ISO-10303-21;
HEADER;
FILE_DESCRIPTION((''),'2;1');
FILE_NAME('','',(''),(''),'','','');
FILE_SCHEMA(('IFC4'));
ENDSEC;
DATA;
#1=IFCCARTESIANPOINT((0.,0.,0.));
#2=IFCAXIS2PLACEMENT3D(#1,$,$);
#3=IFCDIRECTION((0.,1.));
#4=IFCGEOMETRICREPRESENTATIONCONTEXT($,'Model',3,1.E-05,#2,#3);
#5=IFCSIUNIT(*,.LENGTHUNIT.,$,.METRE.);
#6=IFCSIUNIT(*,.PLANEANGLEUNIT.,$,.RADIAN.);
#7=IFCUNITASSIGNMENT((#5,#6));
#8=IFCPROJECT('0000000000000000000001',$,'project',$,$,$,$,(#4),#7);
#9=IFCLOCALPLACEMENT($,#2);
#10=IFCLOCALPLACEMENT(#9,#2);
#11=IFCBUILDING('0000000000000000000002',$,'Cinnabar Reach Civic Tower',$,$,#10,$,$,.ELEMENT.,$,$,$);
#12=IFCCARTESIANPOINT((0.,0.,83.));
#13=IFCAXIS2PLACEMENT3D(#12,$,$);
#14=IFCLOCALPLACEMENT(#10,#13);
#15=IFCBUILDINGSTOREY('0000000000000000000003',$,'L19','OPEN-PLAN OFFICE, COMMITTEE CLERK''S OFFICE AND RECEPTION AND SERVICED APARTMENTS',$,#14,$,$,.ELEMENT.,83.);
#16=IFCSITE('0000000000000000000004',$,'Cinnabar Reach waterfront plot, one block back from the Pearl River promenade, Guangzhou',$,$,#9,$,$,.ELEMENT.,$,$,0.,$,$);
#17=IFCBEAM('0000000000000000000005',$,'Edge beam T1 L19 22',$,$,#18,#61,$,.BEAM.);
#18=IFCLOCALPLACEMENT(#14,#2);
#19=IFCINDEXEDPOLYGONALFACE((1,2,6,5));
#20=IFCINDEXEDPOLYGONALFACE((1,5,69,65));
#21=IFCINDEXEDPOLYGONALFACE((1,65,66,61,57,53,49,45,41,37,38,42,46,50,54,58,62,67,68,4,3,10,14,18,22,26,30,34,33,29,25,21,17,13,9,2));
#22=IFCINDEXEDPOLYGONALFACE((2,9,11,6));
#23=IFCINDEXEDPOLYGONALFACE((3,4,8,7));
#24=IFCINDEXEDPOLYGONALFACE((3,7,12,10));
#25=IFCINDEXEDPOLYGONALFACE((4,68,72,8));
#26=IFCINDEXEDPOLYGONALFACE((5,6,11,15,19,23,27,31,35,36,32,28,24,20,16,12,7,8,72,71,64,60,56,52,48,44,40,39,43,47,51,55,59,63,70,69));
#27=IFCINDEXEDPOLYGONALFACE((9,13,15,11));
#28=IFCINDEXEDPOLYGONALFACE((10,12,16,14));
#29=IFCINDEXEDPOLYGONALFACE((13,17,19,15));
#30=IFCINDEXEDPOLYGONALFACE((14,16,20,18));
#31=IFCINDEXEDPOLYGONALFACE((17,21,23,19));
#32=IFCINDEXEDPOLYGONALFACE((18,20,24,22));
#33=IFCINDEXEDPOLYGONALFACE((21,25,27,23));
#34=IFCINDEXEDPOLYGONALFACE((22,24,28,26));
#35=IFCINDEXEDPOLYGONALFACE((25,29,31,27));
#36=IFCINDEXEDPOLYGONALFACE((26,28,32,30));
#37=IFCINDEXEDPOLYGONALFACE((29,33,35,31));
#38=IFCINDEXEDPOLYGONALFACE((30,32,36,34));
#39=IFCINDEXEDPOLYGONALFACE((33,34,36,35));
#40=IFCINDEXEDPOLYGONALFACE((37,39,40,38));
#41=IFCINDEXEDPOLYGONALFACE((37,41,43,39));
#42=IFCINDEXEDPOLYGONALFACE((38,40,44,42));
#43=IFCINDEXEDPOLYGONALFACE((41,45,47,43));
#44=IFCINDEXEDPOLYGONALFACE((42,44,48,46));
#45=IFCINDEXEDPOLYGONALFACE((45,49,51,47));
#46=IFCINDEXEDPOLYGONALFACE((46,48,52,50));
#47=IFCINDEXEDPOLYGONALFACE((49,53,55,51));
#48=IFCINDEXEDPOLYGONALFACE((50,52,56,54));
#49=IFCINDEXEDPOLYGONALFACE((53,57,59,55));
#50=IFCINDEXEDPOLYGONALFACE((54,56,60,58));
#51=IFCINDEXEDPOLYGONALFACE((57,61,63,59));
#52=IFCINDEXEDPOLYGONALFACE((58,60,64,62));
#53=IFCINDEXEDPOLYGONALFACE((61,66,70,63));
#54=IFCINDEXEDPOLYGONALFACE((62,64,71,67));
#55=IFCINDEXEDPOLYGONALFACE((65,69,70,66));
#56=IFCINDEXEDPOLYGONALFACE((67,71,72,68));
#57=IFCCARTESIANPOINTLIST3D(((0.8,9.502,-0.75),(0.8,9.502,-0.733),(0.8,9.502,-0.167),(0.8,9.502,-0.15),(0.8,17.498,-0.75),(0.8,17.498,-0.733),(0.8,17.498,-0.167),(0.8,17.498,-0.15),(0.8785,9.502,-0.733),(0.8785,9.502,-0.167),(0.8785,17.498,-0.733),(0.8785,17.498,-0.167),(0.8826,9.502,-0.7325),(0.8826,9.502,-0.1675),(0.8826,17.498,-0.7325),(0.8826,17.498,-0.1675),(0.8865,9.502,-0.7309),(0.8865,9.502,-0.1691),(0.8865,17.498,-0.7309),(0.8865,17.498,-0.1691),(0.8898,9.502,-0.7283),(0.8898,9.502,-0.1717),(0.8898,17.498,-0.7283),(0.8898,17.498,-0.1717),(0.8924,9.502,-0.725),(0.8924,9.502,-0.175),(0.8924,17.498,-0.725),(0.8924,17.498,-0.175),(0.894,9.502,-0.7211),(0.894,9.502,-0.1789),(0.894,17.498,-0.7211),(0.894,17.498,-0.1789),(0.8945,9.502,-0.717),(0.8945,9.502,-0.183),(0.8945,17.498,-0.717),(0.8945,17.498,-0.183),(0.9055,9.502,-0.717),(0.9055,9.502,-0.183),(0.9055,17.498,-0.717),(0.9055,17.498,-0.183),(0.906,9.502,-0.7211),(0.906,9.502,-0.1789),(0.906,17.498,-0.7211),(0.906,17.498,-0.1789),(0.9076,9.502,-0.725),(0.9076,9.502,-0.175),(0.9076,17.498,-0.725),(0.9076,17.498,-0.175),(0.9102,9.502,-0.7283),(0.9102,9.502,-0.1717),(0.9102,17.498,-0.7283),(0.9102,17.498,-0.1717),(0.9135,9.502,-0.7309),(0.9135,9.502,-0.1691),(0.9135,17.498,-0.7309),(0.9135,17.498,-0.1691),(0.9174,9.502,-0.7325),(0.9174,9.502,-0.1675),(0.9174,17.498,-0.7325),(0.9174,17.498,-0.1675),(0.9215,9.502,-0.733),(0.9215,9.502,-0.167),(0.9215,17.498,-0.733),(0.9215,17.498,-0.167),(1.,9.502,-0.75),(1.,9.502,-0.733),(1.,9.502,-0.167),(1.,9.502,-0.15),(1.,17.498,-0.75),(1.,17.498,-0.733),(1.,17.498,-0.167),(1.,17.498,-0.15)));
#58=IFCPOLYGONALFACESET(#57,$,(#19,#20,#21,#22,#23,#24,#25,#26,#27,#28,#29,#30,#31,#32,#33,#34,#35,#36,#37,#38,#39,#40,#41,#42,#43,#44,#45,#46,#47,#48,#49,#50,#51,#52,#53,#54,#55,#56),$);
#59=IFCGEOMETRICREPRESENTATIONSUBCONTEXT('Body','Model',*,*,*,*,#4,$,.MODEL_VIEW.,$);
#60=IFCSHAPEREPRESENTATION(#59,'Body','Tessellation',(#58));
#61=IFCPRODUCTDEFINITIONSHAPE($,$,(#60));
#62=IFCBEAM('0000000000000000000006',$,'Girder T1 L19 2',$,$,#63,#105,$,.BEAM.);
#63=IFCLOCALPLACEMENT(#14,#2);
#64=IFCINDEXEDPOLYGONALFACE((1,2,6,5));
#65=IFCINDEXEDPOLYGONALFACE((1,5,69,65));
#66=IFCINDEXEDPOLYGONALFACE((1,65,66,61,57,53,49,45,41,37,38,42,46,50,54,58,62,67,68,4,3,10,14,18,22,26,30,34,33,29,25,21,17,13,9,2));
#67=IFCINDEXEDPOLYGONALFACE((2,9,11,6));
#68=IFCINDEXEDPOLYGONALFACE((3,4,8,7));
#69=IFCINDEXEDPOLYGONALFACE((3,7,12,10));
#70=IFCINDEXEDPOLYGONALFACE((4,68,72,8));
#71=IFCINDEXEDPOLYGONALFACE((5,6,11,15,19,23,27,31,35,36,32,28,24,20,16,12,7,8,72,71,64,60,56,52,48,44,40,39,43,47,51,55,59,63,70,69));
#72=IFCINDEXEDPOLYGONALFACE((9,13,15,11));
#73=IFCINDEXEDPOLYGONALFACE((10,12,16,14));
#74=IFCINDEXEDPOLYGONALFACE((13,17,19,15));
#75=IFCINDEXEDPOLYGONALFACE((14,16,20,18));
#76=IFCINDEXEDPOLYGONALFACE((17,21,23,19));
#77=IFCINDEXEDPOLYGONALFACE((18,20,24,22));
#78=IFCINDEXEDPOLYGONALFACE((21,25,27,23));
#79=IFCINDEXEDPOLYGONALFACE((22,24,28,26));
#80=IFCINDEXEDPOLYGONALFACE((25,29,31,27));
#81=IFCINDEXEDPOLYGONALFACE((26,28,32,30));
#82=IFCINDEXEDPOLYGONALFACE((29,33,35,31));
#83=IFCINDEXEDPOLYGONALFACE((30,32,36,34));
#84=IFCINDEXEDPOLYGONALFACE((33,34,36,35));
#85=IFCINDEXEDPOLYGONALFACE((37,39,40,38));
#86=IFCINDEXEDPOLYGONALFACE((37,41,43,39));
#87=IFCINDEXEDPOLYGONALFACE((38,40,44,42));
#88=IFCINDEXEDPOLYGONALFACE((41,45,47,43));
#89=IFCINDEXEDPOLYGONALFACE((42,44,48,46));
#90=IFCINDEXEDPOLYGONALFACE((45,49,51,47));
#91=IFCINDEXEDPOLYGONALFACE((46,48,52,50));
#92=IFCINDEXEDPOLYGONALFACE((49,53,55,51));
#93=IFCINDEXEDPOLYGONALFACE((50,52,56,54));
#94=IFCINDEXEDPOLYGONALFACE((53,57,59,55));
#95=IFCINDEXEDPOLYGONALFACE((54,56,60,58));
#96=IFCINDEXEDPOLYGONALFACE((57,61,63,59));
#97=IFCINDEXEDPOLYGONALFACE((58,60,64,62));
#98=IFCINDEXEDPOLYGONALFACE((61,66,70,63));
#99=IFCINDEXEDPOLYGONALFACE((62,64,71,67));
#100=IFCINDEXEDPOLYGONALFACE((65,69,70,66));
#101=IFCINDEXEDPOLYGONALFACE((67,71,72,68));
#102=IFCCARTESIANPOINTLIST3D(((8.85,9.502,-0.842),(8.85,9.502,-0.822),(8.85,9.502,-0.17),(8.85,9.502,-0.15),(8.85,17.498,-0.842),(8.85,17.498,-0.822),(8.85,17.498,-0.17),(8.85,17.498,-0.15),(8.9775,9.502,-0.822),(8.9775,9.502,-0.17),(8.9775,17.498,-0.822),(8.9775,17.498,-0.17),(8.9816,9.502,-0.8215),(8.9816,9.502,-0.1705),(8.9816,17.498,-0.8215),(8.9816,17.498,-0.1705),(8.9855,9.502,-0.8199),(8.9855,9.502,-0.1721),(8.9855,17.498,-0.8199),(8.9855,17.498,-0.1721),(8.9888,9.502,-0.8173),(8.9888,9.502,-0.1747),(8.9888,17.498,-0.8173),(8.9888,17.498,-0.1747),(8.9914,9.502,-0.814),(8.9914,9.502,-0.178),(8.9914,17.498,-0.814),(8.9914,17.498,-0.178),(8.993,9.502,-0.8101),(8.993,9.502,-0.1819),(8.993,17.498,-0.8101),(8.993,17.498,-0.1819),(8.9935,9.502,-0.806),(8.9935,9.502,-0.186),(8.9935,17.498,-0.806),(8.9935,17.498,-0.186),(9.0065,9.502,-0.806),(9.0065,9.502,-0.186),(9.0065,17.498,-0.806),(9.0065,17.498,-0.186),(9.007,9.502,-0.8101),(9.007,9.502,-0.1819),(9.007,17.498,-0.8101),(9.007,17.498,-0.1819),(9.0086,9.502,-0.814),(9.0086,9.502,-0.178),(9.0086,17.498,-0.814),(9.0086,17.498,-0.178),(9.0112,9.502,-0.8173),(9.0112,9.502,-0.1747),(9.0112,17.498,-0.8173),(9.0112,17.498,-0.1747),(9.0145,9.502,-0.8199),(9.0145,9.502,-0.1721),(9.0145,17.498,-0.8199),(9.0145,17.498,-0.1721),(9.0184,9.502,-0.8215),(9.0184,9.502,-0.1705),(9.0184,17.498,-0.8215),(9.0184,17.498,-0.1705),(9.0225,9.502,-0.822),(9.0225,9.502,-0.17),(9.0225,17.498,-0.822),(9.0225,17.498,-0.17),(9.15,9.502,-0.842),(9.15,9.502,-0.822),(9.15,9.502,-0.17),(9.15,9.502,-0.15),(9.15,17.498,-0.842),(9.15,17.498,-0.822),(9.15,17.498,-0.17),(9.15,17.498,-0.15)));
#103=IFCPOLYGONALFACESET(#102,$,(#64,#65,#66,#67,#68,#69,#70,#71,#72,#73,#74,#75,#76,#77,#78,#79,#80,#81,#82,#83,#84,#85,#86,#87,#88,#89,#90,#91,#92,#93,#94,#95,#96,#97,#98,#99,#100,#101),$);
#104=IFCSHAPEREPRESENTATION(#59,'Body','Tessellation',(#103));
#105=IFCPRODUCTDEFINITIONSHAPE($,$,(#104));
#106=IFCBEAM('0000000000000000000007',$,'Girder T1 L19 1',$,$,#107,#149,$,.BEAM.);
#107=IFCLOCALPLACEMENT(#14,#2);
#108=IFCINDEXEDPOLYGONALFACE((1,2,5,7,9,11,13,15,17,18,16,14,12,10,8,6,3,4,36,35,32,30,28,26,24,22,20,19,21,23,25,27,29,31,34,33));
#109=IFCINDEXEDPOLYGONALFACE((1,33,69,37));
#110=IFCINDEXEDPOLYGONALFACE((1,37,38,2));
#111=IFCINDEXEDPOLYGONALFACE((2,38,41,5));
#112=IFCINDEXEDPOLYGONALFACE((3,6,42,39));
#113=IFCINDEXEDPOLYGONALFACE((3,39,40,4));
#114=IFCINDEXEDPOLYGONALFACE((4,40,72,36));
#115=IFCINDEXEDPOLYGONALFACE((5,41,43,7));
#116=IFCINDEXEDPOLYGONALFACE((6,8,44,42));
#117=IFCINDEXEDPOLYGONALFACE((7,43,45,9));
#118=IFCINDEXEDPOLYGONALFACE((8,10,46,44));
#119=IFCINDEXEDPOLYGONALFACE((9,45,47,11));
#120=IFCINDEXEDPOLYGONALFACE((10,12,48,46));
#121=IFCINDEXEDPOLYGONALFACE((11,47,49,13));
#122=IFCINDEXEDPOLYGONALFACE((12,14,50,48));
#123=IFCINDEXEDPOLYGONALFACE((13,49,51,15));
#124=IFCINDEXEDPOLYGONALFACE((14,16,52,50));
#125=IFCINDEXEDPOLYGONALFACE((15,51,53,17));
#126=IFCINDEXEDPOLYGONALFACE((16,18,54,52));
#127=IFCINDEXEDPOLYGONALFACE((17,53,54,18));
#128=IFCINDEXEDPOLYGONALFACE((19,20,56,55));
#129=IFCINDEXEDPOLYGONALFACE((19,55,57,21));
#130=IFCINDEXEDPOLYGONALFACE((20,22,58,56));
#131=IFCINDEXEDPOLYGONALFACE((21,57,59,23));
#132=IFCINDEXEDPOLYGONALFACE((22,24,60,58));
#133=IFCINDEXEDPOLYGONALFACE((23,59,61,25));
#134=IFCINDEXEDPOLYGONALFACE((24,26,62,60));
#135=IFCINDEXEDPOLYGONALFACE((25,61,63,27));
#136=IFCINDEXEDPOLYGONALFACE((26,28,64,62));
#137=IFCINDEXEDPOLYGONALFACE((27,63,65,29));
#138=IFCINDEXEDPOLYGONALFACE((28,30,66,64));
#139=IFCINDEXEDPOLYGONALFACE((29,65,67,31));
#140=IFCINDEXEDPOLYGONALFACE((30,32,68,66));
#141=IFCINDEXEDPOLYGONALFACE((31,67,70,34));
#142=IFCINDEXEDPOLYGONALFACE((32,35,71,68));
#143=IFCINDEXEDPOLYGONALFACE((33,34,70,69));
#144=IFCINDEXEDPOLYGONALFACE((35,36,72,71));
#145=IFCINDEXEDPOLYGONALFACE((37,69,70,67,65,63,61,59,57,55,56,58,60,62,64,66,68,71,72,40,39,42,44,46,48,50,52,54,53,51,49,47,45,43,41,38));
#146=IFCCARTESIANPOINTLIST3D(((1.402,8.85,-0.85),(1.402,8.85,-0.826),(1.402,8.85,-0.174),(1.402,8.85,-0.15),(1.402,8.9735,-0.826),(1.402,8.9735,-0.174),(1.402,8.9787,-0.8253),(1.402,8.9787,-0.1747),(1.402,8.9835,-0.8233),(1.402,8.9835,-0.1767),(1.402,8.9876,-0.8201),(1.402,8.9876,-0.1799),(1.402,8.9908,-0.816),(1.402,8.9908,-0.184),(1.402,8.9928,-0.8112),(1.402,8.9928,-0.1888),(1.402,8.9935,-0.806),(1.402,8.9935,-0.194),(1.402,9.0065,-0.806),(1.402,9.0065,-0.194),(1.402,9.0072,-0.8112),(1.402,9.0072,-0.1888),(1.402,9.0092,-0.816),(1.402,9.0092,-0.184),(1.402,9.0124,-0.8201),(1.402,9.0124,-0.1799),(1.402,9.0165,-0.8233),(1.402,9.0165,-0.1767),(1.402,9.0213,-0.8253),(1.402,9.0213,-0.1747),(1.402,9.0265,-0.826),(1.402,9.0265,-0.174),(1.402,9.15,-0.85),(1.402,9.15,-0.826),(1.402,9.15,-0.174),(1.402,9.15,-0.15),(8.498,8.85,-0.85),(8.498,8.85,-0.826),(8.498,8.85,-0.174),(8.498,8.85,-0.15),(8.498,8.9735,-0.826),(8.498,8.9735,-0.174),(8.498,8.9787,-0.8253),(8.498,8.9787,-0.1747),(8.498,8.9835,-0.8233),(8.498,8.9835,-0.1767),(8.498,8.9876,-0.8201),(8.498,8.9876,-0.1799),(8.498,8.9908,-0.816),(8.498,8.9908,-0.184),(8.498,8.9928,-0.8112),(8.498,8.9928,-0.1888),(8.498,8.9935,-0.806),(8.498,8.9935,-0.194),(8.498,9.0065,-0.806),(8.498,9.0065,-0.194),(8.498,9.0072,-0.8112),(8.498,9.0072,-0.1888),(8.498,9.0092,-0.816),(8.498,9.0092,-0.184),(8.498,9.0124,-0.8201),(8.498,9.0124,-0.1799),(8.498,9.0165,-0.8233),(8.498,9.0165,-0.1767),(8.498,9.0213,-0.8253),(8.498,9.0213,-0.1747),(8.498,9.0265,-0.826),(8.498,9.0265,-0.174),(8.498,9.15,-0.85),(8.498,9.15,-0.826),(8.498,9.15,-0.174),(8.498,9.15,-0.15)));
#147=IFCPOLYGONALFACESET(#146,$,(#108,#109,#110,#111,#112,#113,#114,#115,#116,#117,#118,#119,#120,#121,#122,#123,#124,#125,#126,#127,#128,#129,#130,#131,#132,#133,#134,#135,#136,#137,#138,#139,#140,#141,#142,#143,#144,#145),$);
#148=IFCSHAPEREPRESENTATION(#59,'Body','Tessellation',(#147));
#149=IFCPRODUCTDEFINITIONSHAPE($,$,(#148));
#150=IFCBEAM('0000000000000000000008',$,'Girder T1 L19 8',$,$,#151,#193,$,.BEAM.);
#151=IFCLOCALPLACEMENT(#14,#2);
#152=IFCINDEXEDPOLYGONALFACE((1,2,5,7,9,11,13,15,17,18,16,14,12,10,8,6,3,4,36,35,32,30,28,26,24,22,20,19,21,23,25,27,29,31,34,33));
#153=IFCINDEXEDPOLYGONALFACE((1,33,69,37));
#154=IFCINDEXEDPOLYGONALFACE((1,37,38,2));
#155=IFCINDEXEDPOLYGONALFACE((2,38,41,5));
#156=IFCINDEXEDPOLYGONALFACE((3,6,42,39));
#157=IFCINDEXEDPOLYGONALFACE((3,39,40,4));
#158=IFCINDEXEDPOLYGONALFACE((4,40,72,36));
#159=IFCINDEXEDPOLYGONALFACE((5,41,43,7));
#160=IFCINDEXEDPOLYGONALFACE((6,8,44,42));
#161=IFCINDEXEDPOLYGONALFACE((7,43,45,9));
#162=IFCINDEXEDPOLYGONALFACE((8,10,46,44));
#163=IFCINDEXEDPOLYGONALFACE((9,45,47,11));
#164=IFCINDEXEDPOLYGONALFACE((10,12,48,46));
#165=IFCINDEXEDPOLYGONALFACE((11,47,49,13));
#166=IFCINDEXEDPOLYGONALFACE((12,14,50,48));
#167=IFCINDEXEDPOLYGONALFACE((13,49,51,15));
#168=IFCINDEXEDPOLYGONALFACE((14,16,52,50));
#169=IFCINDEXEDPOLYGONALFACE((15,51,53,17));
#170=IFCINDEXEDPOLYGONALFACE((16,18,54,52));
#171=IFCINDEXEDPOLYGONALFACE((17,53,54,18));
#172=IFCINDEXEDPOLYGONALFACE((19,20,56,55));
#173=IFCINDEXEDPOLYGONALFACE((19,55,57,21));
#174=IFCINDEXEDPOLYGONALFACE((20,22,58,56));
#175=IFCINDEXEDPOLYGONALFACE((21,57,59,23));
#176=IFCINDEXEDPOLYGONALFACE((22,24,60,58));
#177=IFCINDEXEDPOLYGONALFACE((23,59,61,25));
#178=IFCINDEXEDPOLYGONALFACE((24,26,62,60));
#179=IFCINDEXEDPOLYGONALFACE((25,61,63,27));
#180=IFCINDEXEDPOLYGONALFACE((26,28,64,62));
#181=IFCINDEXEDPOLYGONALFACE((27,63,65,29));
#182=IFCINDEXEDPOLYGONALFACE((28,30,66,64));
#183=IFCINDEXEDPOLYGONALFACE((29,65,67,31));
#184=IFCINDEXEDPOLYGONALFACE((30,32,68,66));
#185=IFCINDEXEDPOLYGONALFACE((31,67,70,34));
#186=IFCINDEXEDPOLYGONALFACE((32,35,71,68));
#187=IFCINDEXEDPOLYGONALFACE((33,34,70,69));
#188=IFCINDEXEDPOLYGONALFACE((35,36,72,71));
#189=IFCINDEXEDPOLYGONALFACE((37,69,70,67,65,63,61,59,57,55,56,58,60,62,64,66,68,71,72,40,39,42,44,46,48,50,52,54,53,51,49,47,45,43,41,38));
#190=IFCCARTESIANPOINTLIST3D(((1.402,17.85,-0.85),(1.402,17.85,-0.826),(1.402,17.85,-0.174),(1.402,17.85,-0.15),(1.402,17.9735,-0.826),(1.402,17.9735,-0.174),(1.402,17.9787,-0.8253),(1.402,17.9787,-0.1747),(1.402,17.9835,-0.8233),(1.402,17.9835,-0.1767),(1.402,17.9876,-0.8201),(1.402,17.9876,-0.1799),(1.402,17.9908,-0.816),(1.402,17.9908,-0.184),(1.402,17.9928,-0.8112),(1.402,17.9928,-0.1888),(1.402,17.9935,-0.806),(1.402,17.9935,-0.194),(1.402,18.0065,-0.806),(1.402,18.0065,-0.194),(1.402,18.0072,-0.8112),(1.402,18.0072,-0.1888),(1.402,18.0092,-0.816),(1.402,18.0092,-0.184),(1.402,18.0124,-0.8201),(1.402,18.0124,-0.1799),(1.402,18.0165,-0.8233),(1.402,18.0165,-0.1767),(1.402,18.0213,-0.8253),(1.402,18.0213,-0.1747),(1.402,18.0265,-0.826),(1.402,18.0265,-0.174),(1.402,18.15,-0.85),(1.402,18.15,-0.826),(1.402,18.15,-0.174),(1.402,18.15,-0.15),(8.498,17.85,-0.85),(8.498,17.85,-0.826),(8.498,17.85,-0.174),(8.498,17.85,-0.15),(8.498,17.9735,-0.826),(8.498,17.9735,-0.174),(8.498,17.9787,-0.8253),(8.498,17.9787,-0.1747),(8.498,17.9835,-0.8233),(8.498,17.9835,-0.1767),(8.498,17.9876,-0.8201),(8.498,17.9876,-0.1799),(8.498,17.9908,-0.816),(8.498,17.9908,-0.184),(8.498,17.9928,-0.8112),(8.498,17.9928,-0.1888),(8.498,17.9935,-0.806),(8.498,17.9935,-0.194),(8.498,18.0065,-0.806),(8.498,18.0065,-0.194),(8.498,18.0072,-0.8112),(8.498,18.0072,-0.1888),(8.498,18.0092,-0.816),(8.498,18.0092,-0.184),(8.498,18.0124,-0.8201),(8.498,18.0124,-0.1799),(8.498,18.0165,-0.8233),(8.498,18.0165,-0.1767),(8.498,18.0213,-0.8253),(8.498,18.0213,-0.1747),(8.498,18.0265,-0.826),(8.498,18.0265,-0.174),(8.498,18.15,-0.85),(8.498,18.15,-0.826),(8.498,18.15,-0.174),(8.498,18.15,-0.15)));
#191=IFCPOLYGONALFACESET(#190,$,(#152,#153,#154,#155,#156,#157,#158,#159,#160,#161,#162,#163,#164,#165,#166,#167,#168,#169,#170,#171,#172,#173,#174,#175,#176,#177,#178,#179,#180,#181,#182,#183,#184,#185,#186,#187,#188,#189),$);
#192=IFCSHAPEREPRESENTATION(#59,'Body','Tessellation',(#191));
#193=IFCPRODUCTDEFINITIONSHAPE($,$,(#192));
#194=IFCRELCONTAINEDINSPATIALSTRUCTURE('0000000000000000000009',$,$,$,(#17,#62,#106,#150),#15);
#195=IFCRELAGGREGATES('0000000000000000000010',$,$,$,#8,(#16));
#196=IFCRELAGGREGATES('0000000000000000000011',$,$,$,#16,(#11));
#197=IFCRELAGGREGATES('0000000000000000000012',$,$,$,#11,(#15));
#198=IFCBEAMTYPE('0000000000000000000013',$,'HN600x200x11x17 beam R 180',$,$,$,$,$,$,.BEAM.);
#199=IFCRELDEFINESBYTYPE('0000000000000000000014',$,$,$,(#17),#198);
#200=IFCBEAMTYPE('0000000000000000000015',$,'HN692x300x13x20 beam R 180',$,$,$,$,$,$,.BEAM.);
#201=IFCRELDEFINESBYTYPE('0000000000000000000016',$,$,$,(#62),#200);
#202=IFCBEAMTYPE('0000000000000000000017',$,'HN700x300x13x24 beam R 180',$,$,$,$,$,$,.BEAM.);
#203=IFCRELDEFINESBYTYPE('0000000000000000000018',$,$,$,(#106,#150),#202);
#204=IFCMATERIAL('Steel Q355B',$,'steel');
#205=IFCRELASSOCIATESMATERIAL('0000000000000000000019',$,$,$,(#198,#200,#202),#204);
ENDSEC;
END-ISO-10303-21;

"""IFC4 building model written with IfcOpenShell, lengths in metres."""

from ifc_helpers import new_model, si_unit, direction, frame, origin, origin_2d, place, context, subcontext, project, spatial, i_section, extrude, material, material_profile, profile_set, type_object, element, save


model = new_model("IFC4")

# Units and contexts
model_context = context("Model", 3, precision=1e-05, world=origin(), true_north=direction((0.0, 1.0)))
body_context = subcontext(model_context, "Body", "Model", "MODEL_VIEW")
ifc_project = project(units=[si_unit("LENGTHUNIT", "METRE"), si_unit("PLANEANGLEUNIT", "RADIAN")], contexts=[model_context])

# Site, building, storey
site_placement = place(None, origin())
site = spatial("IfcSite", under=ifc_project, at=site_placement, Name="Cinnabar Reach waterfront plot, one block back from the Pearl River promenade, Guangzhou", CompositionType="ELEMENT", RefElevation=0.0)
building_placement = place(site_placement, origin())
building = spatial("IfcBuilding", under=site, at=building_placement, Name="Cinnabar Reach Civic Tower", CompositionType="ELEMENT")
storey_placement = place(building_placement, frame((0.0, 0.0, 83.0)))
storey = spatial("IfcBuildingStorey", under=building, at=storey_placement, Name="L19", Description="OPEN-PLAN OFFICE, COMMITTEE CLERK'S OFFICE AND RECEPTION AND SERVICED APARTMENTS", CompositionType="ELEMENT", Elevation=83.0)

# Beams
ifc_material_1 = material(Name="Steel Q355B", Category="steel")
ifc_material_profile_1 = material_profile(ifc_material_1, i_section(OverallWidth=0.2, OverallDepth=0.6, WebThickness=0.011, FlangeThickness=0.017, FilletRadius=0.016, at=origin_2d()), Name="HN600x200x11x17")
ifc_profile_set_1 = profile_set([ifc_material_profile_1], Name="Steel Q355B")
beam_type_1 = type_object("IfcBeamType", Name="HN600x200x11x17 beam R 180", PredefinedType="BEAM", material=ifc_profile_set_1)
beam_1_placement = place(storey_placement, frame((0.9, 17.498, -0.45), z_axis=(0.0, -1.0, 0.0), x_axis=(1.0, 0.0, 0.0)))
element("IfcBeam", 1, at=beam_1_placement, inside=storey, type_object=beam_type_1, Name="Edge beam T1 L19 22", PredefinedType="BEAM", context=body_context, shape_type="SweptSolid", body=[
    extrude(i_section(OverallWidth=0.2, OverallDepth=0.6, WebThickness=0.011, FlangeThickness=0.017, FilletRadius=0.016, at=origin_2d()), origin(), (0.0, 0.0, 1.0), 7.996),
])
ifc_material_profile_2 = material_profile(ifc_material_1, i_section(OverallWidth=0.3, OverallDepth=0.692, WebThickness=0.013, FlangeThickness=0.02, FilletRadius=0.016, at=origin_2d()), Name="HN692x300x13x20")
ifc_profile_set_2 = profile_set([ifc_material_profile_2], Name="Steel Q355B")
beam_type_2 = type_object("IfcBeamType", Name="HN692x300x13x20 beam R 180", PredefinedType="BEAM", material=ifc_profile_set_2)
beam_2_placement = place(storey_placement, frame((9.0, 9.502, -0.496), z_axis=(0.0, 1.0, 0.0), x_axis=(-1.0, 0.0, 0.0)))
element("IfcBeam", 2, at=beam_2_placement, inside=storey, type_object=beam_type_2, Name="Girder T1 L19 2", PredefinedType="BEAM", context=body_context, shape_type="SweptSolid", body=[
    extrude(i_section(OverallWidth=0.3, OverallDepth=0.692, WebThickness=0.013, FlangeThickness=0.02, FilletRadius=0.016, at=origin_2d()), origin(), (0.0, 0.0, 1.0), 7.996),
])
ifc_material_profile_3 = material_profile(ifc_material_1, i_section(OverallWidth=0.3, OverallDepth=0.7, WebThickness=0.013, FlangeThickness=0.024, FilletRadius=0.02, at=origin_2d()), Name="HN700x300x13x24")
ifc_profile_set_3 = profile_set([ifc_material_profile_3], Name="Steel Q355B")
beam_type_3 = type_object("IfcBeamType", Name="HN700x300x13x24 beam R 180", PredefinedType="BEAM", material=ifc_profile_set_3)
for number, where, z_axis, x_axis, name in (
    (3, (1.402, 9.0, -0.5), (1.0, 0.0, 0.0), (0.0, 1.0, 0.0), "Girder T1 L19 1"),
    (4, (1.402, 18.0, -0.5), (1.0, 0.0, 0.0), (0.0, 1.0, 0.0), "Girder T1 L19 8"),
):
    element("IfcBeam", number, at=place(storey_placement, frame(where, z_axis=z_axis, x_axis=x_axis)), inside=storey, type_object=beam_type_3, Name=name, PredefinedType="BEAM", context=body_context, shape_type="SweptSolid", body=[
        extrude(i_section(OverallWidth=0.3, OverallDepth=0.7, WebThickness=0.013, FlangeThickness=0.024, FilletRadius=0.02, at=origin_2d()), origin(), (0.0, 0.0, 1.0), 7.096),
    ])

save(model, "model.ifc")
